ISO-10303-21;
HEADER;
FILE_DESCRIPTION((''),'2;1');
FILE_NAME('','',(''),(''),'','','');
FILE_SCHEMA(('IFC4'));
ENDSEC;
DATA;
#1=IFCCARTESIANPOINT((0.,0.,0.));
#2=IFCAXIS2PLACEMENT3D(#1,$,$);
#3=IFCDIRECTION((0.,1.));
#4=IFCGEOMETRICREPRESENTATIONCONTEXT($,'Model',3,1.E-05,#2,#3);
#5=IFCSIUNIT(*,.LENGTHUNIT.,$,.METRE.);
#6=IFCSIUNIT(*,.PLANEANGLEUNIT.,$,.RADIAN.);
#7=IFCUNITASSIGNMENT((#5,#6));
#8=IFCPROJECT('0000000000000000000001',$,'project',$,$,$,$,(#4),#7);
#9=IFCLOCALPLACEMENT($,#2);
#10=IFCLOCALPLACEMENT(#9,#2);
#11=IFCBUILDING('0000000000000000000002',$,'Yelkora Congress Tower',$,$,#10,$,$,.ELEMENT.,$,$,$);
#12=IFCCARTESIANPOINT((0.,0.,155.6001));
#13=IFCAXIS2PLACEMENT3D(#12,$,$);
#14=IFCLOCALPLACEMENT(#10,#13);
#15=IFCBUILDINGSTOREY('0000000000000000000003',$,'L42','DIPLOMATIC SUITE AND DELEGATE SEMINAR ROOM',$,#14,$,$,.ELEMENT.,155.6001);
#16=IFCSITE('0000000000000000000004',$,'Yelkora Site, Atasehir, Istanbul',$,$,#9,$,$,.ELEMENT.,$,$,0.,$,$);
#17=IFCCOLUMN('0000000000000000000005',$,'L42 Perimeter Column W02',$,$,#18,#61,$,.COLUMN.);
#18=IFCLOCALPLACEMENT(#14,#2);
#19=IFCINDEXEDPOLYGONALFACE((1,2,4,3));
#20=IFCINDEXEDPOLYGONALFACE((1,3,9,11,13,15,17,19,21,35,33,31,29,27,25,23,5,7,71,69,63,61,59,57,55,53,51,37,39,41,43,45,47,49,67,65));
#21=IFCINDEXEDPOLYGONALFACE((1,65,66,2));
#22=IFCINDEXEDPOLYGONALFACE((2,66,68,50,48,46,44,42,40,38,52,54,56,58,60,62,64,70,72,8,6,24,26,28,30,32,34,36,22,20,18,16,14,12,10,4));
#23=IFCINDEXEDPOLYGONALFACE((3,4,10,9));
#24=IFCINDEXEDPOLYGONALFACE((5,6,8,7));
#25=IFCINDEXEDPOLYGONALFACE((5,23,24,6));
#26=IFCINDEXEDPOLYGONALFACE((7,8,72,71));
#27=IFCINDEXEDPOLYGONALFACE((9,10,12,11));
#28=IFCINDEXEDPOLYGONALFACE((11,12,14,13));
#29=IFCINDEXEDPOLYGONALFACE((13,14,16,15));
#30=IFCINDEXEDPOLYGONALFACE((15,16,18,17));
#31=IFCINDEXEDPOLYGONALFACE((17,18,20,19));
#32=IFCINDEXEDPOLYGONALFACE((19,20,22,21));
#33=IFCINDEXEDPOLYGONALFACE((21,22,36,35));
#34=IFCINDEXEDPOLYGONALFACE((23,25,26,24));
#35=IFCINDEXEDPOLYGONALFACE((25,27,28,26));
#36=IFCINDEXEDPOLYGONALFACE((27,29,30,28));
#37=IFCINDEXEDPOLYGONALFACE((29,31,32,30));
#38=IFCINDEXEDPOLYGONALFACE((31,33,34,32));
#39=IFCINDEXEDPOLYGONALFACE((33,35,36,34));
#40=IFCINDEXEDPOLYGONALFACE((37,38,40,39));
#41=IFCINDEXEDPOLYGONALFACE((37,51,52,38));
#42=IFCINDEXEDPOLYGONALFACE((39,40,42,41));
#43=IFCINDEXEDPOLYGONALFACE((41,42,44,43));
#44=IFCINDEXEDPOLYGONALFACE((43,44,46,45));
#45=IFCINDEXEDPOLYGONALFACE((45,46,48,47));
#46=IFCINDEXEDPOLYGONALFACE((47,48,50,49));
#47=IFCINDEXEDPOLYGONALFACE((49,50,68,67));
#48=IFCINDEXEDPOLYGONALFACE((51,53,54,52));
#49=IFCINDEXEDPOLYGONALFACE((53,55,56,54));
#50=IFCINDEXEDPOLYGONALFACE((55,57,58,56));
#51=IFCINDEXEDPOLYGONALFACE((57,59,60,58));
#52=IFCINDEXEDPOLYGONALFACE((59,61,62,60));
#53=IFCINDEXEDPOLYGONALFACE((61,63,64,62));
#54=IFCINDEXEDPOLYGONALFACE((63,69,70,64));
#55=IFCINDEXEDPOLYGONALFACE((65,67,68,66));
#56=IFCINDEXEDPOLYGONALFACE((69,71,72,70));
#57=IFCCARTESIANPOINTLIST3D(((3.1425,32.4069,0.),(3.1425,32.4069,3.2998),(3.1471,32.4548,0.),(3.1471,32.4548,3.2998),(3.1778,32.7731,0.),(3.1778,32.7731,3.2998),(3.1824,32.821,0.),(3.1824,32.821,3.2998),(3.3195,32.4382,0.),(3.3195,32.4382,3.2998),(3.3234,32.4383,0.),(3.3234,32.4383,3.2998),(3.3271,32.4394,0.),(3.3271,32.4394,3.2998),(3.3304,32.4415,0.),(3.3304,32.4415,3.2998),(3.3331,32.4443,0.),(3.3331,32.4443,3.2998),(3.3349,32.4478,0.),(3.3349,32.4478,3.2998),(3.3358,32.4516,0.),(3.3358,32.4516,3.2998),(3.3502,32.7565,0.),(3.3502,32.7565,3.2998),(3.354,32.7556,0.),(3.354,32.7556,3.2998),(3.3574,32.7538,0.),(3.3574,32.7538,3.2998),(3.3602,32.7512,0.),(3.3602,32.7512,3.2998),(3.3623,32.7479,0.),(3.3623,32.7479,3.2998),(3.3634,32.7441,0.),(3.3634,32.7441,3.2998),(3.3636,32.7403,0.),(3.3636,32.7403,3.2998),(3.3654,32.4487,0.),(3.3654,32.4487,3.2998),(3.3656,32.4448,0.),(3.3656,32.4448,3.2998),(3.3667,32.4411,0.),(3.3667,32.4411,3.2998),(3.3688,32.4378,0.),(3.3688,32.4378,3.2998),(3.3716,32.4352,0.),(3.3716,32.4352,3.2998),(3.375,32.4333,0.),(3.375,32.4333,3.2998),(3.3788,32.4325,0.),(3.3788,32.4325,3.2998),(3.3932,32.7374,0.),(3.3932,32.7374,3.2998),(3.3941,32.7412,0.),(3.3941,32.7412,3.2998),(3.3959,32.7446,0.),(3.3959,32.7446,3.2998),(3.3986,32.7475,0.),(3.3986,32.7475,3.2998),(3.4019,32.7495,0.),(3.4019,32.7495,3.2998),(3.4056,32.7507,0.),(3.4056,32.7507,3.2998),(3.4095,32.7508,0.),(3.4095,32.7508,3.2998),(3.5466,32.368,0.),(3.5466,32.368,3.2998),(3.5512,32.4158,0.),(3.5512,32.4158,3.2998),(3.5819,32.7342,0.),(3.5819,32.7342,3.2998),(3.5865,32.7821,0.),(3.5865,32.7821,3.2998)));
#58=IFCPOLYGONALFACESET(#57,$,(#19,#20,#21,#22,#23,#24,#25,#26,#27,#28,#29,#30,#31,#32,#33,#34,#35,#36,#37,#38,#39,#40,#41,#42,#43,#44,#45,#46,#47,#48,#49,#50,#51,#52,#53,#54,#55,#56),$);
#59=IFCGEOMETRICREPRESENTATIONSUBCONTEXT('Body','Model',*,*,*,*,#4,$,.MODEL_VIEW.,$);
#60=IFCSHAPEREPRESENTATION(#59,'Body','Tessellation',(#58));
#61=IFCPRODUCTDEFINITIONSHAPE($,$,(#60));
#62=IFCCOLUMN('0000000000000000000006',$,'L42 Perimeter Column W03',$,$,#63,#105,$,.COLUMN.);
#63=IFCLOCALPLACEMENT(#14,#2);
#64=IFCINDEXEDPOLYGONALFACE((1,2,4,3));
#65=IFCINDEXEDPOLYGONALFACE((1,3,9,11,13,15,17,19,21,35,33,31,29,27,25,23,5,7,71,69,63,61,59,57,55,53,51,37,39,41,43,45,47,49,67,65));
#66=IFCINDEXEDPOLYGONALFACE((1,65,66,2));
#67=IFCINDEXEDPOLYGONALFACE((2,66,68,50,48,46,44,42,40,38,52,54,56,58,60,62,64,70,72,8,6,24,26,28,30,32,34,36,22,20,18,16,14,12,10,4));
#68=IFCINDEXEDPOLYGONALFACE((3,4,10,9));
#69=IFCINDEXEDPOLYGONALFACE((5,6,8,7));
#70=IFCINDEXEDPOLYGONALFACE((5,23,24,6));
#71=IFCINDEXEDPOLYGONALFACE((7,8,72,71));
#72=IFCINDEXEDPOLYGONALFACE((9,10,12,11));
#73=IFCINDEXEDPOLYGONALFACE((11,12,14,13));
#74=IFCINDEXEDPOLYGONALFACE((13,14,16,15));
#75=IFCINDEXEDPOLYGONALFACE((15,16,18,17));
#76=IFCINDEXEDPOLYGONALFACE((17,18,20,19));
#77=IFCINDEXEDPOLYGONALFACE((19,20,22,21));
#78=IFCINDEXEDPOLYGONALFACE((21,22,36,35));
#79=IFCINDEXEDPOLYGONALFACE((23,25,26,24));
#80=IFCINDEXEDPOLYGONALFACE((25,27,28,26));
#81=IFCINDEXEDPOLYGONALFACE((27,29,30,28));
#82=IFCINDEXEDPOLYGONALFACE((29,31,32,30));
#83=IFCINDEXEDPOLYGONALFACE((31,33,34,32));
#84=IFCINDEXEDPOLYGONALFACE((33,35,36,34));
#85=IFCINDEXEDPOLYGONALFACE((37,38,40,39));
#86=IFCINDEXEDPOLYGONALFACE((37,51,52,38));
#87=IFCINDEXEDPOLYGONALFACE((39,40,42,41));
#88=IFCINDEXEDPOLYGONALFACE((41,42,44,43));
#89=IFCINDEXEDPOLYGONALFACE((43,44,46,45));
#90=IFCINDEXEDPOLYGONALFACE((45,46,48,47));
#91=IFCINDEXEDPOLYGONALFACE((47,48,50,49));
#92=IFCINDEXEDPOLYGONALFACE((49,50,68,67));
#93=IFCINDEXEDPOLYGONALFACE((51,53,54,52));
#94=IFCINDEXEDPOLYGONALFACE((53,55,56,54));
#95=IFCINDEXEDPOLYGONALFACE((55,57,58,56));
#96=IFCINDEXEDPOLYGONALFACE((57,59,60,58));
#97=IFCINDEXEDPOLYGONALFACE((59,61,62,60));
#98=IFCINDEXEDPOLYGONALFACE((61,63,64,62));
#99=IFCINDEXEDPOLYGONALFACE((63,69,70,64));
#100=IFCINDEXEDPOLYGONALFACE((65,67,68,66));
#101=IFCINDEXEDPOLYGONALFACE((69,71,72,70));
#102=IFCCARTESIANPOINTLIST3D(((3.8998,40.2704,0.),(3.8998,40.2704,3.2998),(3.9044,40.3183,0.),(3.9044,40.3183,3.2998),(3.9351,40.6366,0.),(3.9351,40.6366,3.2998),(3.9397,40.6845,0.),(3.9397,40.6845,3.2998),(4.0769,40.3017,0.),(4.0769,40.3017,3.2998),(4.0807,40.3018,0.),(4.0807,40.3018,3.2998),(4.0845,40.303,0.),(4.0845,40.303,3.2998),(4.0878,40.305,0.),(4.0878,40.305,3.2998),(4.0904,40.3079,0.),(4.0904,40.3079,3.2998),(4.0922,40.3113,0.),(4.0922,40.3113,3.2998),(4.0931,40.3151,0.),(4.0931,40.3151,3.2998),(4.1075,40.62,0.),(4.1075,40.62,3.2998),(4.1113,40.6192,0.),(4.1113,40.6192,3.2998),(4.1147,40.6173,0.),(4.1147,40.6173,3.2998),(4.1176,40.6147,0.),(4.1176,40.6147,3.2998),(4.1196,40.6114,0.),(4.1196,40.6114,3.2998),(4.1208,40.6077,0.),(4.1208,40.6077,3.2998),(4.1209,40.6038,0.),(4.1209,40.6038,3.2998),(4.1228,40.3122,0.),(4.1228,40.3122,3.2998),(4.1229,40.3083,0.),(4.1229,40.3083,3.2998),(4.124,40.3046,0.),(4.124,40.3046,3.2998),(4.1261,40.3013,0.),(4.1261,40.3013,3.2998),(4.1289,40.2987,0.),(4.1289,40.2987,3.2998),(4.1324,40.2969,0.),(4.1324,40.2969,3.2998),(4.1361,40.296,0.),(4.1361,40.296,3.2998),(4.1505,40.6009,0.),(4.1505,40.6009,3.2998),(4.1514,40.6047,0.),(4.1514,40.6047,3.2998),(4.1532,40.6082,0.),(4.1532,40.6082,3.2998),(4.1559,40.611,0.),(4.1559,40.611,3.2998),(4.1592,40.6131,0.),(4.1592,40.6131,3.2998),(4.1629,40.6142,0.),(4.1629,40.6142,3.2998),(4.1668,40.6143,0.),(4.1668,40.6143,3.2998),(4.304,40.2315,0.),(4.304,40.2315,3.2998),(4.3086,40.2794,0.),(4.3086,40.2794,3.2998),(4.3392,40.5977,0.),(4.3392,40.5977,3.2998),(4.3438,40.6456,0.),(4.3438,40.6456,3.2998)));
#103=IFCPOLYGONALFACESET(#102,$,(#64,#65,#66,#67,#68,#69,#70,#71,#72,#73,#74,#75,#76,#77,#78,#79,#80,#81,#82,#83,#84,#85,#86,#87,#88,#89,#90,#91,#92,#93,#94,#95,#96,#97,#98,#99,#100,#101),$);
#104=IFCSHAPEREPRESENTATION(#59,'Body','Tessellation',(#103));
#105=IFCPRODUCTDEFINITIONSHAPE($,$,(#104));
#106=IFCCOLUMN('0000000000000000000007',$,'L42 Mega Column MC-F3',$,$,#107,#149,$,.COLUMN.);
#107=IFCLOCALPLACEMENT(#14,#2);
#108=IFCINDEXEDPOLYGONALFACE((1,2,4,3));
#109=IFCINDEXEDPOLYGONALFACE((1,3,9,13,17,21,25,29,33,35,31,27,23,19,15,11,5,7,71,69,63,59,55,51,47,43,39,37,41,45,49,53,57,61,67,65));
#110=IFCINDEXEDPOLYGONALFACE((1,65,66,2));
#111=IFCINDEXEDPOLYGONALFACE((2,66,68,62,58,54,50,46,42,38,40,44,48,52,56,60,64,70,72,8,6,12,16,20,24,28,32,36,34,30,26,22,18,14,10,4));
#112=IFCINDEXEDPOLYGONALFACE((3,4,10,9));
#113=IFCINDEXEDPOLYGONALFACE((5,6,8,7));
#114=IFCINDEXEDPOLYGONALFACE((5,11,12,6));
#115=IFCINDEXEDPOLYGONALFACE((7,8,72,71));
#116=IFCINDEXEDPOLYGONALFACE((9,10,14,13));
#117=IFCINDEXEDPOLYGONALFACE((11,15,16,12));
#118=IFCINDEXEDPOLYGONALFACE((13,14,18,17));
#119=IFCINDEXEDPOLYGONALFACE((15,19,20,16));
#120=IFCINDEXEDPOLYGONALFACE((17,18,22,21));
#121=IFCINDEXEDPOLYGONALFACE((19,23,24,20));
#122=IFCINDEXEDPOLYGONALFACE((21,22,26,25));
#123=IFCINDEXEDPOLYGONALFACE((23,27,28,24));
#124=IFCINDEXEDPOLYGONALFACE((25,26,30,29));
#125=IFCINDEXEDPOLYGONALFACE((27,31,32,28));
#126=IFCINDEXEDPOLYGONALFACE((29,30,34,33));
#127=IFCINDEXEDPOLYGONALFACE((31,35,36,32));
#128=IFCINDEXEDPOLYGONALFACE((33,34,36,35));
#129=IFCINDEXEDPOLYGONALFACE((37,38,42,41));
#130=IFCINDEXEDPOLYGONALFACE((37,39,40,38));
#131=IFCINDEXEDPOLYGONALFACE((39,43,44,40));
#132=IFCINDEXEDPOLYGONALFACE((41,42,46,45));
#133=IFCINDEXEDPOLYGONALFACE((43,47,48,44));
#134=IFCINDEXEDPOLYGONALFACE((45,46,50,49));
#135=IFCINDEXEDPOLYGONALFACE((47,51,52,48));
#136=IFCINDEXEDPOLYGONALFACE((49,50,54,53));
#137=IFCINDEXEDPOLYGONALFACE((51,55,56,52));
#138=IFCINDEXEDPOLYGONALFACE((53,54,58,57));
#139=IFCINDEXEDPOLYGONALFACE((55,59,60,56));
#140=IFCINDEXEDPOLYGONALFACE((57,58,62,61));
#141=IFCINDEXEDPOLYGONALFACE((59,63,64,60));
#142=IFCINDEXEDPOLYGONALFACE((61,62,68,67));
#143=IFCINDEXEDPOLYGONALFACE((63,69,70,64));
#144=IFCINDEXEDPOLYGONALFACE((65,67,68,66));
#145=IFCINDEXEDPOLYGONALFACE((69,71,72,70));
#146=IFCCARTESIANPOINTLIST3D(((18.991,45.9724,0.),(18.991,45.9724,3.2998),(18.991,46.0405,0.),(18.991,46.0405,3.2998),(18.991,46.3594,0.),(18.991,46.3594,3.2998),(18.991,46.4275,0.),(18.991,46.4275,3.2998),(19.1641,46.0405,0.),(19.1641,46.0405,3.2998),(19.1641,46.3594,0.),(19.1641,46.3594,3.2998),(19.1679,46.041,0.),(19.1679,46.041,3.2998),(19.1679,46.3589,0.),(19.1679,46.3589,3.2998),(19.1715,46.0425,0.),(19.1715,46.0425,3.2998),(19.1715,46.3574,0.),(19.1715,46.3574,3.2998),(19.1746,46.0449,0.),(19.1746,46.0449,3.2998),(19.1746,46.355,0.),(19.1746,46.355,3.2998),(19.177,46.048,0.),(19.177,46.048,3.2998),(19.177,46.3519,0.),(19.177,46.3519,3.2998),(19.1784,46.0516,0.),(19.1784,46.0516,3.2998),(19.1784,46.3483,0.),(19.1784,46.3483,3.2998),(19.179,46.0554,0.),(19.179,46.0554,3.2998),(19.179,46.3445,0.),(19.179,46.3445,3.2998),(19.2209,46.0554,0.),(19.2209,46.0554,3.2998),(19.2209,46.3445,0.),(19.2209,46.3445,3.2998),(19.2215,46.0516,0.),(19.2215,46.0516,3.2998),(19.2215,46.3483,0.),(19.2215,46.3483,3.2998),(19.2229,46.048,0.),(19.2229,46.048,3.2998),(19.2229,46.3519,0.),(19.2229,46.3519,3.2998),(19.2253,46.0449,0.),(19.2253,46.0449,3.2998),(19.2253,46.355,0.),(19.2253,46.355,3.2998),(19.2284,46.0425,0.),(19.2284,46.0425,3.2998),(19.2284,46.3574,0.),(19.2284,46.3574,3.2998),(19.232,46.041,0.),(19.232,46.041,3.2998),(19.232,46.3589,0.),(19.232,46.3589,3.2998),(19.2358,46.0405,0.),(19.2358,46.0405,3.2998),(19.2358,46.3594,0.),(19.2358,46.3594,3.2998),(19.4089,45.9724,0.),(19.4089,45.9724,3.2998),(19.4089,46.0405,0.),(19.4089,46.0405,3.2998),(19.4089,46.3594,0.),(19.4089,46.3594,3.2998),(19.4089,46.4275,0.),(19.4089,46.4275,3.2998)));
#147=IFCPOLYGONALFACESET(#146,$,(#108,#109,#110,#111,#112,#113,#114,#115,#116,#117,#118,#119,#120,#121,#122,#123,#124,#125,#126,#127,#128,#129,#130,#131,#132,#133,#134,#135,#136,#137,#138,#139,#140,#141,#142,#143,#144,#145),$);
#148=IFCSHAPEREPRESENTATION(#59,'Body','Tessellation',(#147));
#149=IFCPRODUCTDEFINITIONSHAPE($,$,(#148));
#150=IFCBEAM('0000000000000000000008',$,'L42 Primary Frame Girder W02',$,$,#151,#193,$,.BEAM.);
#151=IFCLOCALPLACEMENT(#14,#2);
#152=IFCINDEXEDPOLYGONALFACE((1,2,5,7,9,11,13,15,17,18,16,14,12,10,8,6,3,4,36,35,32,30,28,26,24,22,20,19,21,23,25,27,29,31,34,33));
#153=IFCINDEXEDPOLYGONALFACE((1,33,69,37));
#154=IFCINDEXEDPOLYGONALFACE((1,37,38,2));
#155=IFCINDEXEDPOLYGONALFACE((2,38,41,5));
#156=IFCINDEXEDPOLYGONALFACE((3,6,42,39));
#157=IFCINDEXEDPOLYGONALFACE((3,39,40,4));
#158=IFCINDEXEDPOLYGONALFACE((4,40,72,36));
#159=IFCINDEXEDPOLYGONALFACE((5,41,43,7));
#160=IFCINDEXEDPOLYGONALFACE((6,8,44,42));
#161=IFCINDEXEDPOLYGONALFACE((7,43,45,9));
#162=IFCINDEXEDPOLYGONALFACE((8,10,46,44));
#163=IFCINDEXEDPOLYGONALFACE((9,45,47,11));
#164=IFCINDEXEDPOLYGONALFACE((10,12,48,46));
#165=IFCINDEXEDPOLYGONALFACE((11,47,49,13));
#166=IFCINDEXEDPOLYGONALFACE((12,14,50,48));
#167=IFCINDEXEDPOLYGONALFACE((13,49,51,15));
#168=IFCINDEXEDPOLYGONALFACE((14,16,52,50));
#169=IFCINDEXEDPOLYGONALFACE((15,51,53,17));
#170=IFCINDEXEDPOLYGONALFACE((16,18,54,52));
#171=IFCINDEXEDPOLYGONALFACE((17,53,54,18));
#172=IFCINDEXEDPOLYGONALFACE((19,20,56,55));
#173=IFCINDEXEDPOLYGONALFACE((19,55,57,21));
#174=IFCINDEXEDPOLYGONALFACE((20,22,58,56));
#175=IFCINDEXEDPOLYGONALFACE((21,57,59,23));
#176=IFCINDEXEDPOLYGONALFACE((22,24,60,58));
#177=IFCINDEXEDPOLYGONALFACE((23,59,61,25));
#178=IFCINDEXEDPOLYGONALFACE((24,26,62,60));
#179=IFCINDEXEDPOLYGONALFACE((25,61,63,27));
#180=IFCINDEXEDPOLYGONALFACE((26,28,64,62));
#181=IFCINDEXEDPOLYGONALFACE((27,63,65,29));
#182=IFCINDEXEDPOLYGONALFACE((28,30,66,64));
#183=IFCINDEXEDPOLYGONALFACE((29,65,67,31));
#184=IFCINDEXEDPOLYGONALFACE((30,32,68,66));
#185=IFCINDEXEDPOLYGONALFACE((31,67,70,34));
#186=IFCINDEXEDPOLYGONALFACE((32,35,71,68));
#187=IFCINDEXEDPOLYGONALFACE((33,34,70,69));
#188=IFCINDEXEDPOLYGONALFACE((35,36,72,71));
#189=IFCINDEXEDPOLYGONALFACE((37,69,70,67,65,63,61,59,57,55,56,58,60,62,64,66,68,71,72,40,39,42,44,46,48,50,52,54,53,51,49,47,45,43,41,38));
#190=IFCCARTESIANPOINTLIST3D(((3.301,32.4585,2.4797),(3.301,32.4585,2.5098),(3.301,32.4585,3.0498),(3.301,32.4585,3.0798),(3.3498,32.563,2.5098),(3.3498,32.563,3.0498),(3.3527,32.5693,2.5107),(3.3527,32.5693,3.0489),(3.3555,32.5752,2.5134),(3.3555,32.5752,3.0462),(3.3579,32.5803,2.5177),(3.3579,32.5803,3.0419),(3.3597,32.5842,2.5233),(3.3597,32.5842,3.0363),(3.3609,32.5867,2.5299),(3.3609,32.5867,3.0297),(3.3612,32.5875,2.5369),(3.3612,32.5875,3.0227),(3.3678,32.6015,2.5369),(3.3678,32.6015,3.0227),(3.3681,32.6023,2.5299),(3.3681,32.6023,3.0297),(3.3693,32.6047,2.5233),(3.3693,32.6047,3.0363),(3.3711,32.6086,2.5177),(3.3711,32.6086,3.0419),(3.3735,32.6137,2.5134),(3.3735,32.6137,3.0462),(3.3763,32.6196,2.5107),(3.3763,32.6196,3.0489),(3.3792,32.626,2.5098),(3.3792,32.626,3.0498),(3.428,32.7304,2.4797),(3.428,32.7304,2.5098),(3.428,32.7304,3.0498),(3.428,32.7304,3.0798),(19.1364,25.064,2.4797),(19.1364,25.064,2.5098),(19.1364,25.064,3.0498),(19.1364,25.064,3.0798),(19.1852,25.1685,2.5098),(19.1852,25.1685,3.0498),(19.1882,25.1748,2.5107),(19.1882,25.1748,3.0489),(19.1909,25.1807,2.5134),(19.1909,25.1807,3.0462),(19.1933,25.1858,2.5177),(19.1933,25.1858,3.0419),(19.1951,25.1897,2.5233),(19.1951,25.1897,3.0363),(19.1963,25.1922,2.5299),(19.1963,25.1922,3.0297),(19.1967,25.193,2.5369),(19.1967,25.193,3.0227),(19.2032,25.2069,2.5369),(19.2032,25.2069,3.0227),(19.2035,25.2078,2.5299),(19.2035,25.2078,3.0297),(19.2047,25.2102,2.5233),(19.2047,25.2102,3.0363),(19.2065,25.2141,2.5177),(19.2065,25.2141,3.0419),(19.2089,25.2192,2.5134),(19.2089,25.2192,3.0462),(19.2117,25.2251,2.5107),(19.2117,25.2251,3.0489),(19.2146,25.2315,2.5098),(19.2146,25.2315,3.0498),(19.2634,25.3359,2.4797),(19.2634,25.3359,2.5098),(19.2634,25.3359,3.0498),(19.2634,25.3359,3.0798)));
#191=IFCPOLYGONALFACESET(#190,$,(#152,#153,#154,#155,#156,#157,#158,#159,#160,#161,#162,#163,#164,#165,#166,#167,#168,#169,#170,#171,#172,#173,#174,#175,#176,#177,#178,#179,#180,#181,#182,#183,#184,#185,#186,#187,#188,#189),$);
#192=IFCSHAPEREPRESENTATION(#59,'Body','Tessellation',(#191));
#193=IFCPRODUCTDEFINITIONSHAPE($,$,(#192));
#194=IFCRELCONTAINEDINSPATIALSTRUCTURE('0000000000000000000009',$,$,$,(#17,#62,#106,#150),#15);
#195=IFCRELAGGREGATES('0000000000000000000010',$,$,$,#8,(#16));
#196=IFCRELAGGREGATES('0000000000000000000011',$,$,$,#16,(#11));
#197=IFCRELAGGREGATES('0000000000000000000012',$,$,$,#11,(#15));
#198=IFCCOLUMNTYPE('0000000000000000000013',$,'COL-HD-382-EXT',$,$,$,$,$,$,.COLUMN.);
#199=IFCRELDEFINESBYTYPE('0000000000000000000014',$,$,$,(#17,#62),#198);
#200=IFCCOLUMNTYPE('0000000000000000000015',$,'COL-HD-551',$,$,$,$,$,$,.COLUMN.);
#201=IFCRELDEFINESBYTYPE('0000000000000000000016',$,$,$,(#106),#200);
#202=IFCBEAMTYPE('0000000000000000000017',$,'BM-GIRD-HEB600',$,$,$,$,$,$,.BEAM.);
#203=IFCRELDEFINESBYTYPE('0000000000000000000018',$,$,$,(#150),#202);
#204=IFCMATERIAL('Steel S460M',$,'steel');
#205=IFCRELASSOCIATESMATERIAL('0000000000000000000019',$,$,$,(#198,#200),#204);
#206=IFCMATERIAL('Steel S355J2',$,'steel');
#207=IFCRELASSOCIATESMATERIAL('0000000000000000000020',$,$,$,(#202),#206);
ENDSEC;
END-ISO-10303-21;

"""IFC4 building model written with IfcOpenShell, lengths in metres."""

from ifc_helpers import new_model, si_unit, direction, frame, origin, origin_2d, place, context, subcontext, project, spatial, i_section, extrude, material, material_profile, profile_set, type_object, element, save


model = new_model("IFC4")

# Units and contexts
model_context = context("Model", 3, precision=1e-05, world=origin(), true_north=direction((0.0, 1.0)))
body_context = subcontext(model_context, "Body", "Model", "MODEL_VIEW")
ifc_project = project(units=[si_unit("LENGTHUNIT", "METRE"), si_unit("PLANEANGLEUNIT", "RADIAN")], contexts=[model_context])

# Site, building, storey
site_placement = place(None, origin())
site = spatial("IfcSite", under=ifc_project, at=site_placement, Name="Yelkora Site, Atasehir, Istanbul", CompositionType="ELEMENT", RefElevation=0.0)
building_placement = place(site_placement, origin())
building = spatial("IfcBuilding", under=site, at=building_placement, Name="Yelkora Congress Tower", CompositionType="ELEMENT")
storey_placement = place(building_placement, frame((0.0, 0.0, 155.6001)))
storey = spatial("IfcBuildingStorey", under=building, at=storey_placement, Name="L42", Description="DIPLOMATIC SUITE AND DELEGATE SEMINAR ROOM", CompositionType="ELEMENT", Elevation=155.6001)

# Columns
ifc_material_1 = material(Name="Steel S460M", Category="steel")
ifc_material_profile_1 = material_profile(ifc_material_1, i_section(OverallWidth=0.406, OverallDepth=0.416, WebThickness=0.0298, FlangeThickness=0.0481, FilletRadius=0.0149, at=origin_2d()), Name="HD 400x382")
ifc_profile_set_1 = profile_set([ifc_material_profile_1], Name="Steel S460M")
column_type_1 = type_object("IfcColumnType", Name="COL-HD-382-EXT", PredefinedType="COLUMN", material=ifc_profile_set_1)
for number, where, z_axis, x_axis, name in (
    (1, (3.3645, 32.5945, 0.0), (0.0, 0.0, 1.0), (0.995396, -0.095846, 0.0), "L42 Perimeter Column W02"),
    (2, (4.1218, 40.458, 0.0), (0.0, 0.0, 1.0), (0.995396, -0.095846, 0.0), "L42 Perimeter Column W03"),
):
    element("IfcColumn", number, at=place(storey_placement, frame(where, z_axis=z_axis, x_axis=x_axis)), inside=storey, type_object=column_type_1, Name=name, PredefinedType="COLUMN", context=body_context, shape_type="SweptSolid", body=[
        extrude(i_section(OverallWidth=0.406, OverallDepth=0.416, WebThickness=0.0298, FlangeThickness=0.0481, FilletRadius=0.0149, at=origin_2d()), origin(), (0.0, 0.0, 1.0), 3.2998),
    ])
ifc_material_profile_2 = material_profile(ifc_material_1, i_section(OverallWidth=0.418, OverallDepth=0.4551, WebThickness=0.042, FlangeThickness=0.0681, FilletRadius=0.0149, at=origin_2d()), Name="HD 400x551")
ifc_profile_set_2 = profile_set([ifc_material_profile_2], Name="Steel S460M")
column_type_2 = type_object("IfcColumnType", Name="COL-HD-551", PredefinedType="COLUMN", material=ifc_profile_set_2)
column_placement = place(storey_placement, frame((19.2, 46.2, 0.0), z_axis=(0.0, 0.0, 1.0), x_axis=(1.0, 0.0, 0.0)))
element("IfcColumn", 3, at=column_placement, inside=storey, type_object=column_type_2, Name="L42 Mega Column MC-F3", PredefinedType="COLUMN", context=body_context, shape_type="SweptSolid", body=[
    extrude(i_section(OverallWidth=0.418, OverallDepth=0.4551, WebThickness=0.042, FlangeThickness=0.0681, FilletRadius=0.0149, at=origin_2d()), origin(), (0.0, 0.0, 1.0), 3.2998),
])

# Beam
ifc_material_2 = material(Name="Steel S355J2", Category="steel")
ifc_material_profile_3 = material_profile(ifc_material_2, i_section(OverallWidth=0.3, OverallDepth=0.6001, WebThickness=0.0154, FlangeThickness=0.03, FilletRadius=0.0271, at=origin_2d()), Name="HEB 600")
ifc_profile_set_3 = profile_set([ifc_material_profile_3], Name="Steel S355J2")
beam_type_1 = type_object("IfcBeamType", Name="BM-GIRD-HEB600", PredefinedType="BEAM", material=ifc_profile_set_3)
beam_1_placement = place(storey_placement, frame((3.3645, 32.5945, 2.7798), z_axis=(0.906081, -0.423104, 0.0), x_axis=(0.423104, 0.906081, 0.0)))
element("IfcBeam", 4, at=beam_1_placement, inside=storey, type_object=beam_type_1, Name="L42 Primary Frame Girder W02", PredefinedType="BEAM", context=body_context, shape_type="SweptSolid", body=[
    extrude(i_section(OverallWidth=0.3, OverallDepth=0.6001, WebThickness=0.0154, FlangeThickness=0.03, FilletRadius=0.0271, at=origin_2d()), origin(), (0.0, 0.0, 1.0), 17.4768),
])

save(model, "model.ifc")
